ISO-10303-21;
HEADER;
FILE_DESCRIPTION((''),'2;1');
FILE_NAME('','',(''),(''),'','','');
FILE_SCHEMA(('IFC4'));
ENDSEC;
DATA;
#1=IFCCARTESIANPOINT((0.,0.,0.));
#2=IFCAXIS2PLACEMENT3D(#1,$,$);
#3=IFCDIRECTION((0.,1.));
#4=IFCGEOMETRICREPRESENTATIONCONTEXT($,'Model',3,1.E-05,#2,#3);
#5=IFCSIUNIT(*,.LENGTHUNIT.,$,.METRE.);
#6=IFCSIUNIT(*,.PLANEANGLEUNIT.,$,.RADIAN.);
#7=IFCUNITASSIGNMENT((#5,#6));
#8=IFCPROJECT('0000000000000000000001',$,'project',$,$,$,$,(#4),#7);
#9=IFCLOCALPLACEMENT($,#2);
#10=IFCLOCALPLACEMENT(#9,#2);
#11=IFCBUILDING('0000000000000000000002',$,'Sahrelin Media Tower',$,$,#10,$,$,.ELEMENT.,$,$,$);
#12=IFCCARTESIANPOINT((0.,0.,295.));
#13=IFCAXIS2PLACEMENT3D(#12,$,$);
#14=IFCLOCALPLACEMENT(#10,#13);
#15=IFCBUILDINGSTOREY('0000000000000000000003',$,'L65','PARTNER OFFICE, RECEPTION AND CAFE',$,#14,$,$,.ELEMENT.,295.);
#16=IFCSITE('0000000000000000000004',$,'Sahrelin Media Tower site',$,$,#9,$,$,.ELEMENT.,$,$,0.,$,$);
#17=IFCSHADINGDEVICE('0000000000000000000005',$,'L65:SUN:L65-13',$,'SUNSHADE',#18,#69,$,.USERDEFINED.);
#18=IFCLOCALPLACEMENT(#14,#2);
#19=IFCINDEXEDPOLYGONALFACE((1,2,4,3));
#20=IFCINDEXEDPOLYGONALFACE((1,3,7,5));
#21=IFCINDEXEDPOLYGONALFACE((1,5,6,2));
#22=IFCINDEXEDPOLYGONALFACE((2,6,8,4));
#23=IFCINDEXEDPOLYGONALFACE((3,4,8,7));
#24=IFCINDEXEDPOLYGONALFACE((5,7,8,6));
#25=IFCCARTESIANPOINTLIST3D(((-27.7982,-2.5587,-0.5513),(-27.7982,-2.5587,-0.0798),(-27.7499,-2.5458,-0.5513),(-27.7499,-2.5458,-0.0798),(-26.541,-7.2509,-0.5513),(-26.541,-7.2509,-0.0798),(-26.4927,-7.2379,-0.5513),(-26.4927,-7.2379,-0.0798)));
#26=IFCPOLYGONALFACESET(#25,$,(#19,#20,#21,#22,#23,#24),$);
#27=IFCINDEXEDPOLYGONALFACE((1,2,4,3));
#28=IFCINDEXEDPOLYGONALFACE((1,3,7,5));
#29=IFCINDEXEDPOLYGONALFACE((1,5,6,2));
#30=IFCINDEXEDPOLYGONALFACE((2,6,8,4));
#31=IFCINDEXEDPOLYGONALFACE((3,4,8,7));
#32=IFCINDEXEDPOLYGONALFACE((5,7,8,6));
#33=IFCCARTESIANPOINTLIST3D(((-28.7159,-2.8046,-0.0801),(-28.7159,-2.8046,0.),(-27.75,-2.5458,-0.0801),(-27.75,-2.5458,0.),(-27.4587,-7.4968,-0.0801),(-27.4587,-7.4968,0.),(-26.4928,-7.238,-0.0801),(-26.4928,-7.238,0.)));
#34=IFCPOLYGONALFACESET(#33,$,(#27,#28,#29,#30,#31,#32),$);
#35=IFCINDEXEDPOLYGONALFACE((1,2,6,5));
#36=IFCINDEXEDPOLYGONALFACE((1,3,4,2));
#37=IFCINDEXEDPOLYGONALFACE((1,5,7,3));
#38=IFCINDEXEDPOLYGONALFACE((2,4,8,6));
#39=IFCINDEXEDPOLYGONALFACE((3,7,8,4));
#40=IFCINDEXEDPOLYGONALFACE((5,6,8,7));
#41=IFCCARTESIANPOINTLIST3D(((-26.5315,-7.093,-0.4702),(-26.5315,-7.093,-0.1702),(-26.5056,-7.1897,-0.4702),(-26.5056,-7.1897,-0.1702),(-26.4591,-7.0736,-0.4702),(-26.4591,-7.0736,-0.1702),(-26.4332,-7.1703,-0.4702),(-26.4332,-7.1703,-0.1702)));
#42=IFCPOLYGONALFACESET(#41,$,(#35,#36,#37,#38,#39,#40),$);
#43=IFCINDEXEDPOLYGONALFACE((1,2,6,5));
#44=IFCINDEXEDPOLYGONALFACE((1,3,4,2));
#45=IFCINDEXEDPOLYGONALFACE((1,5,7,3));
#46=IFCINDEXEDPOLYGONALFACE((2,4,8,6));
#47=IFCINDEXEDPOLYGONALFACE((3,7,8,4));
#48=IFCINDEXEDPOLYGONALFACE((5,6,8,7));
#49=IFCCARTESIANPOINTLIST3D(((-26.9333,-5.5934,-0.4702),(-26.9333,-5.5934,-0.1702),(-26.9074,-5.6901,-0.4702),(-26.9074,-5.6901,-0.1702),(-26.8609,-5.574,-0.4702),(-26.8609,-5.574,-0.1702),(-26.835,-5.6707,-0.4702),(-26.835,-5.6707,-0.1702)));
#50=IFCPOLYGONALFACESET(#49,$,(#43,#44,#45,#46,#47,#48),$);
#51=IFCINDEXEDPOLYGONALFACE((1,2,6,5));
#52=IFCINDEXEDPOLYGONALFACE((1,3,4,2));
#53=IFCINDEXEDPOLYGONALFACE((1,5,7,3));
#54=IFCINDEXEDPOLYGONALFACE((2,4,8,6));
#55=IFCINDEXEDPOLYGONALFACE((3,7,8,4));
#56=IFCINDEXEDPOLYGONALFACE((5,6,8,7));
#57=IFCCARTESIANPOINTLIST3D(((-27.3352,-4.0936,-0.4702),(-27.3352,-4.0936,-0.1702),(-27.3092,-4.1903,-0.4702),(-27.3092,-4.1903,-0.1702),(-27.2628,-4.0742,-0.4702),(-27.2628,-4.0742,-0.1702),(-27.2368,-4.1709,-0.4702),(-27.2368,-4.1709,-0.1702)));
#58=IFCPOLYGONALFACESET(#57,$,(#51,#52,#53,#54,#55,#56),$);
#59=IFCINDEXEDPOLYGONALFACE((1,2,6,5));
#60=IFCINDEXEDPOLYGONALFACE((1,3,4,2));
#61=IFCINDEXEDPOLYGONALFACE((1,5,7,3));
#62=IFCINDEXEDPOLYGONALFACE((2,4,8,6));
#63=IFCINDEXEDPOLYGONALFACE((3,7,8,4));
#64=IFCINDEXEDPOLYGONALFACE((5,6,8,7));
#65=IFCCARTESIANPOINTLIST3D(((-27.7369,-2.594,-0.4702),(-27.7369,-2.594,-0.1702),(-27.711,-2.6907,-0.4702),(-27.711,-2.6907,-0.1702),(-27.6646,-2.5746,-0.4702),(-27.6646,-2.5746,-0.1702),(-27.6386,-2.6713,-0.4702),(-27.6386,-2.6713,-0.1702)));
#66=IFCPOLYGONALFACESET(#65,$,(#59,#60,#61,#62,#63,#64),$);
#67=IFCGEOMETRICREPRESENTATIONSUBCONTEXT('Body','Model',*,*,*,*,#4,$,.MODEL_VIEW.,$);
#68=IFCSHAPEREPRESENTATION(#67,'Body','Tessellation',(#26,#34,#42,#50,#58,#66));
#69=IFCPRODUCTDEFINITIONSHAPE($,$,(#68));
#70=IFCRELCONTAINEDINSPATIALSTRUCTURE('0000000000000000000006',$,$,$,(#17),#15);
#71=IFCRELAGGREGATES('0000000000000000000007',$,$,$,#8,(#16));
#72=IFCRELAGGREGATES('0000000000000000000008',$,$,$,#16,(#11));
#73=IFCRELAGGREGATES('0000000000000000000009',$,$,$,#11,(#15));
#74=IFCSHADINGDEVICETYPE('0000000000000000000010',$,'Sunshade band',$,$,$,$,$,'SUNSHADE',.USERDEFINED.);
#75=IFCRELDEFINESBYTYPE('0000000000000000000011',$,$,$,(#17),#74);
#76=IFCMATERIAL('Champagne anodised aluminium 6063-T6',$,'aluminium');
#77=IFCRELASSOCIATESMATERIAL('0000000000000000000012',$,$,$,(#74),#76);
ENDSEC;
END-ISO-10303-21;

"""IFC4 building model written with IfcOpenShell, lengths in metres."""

from ifc_helpers import new_model, si_unit, direction, frame, origin, origin_2d, place, context, subcontext, project, spatial, rectangle, extrude, material, type_object, element, save


model = new_model("IFC4")

# Units and contexts
model_context = context("Model", 3, precision=1e-05, world=origin(), true_north=direction((0.0, 1.0)))
body_context = subcontext(model_context, "Body", "Model", "MODEL_VIEW")
ifc_project = project(units=[si_unit("LENGTHUNIT", "METRE"), si_unit("PLANEANGLEUNIT", "RADIAN")], contexts=[model_context])

# Site, building, storey
site_placement = place(None, origin())
site = spatial("IfcSite", under=ifc_project, at=site_placement, Name="Sahrelin Media Tower site", CompositionType="ELEMENT", RefElevation=0.0)
building_placement = place(site_placement, origin())
building = spatial("IfcBuilding", under=site, at=building_placement, Name="Sahrelin Media Tower", CompositionType="ELEMENT")
storey_placement = place(building_placement, frame((0.0, 0.0, 295.0)))
storey = spatial("IfcBuildingStorey", under=building, at=storey_placement, Name="L65", Description="PARTNER OFFICE, RECEPTION AND CAFE", CompositionType="ELEMENT", Elevation=295.0)

# Shared definitions
ifc_material_1 = material(Name="Champagne anodised aluminium 6063-T6", Category="aluminium")

# Shading device
placement_1 = place(storey_placement, frame((-27.1021, -4.8867, 0.0), z_axis=(0.0, 0.0, 1.0), x_axis=(-0.258808, 0.965929, 0.0)))
shading_device_type_1 = type_object("IfcShadingDeviceType", Name="Sunshade band", ElementType="SUNSHADE", PredefinedType="USERDEFINED", material=ifc_material_1)
element("IfcShadingDevice", 1, at=placement_1, inside=storey, type_object=shading_device_type_1, Name="L65:SUN:L65-13", ObjectType="SUNSHADE", PredefinedType="USERDEFINED", context=body_context, shape_type="SweptSolid", body=[
    extrude(rectangle(XDim=4.8577, YDim=0.05, at=origin_2d()), frame((0.0, 0.0449, -0.5513)), (0.0, 0.0, 1.0), 0.4714),
    extrude(rectangle(XDim=4.8577, YDim=1.0, at=origin_2d()), frame((0.0, 0.52, -0.0801)), (0.0, 0.0, 1.0), 0.0801),
    extrude(rectangle(XDim=0.1001, YDim=0.075, at=origin_2d()), frame((-2.3289, -0.0176, -0.4702)), (0.0, 0.0, 1.0), 0.3),
    extrude(rectangle(XDim=0.1001, YDim=0.075, at=origin_2d()), frame((-0.7764, -0.0176, -0.4702)), (0.0, 0.0, 1.0), 0.3),
    extrude(rectangle(XDim=0.1001, YDim=0.075, at=origin_2d()), frame((0.7764, -0.0176, -0.4702)), (0.0, 0.0, 1.0), 0.3),
    extrude(rectangle(XDim=0.1001, YDim=0.075, at=origin_2d()), frame((2.3289, -0.0176, -0.4702)), (0.0, 0.0, 1.0), 0.3),
])

save(model, "model.ifc")
